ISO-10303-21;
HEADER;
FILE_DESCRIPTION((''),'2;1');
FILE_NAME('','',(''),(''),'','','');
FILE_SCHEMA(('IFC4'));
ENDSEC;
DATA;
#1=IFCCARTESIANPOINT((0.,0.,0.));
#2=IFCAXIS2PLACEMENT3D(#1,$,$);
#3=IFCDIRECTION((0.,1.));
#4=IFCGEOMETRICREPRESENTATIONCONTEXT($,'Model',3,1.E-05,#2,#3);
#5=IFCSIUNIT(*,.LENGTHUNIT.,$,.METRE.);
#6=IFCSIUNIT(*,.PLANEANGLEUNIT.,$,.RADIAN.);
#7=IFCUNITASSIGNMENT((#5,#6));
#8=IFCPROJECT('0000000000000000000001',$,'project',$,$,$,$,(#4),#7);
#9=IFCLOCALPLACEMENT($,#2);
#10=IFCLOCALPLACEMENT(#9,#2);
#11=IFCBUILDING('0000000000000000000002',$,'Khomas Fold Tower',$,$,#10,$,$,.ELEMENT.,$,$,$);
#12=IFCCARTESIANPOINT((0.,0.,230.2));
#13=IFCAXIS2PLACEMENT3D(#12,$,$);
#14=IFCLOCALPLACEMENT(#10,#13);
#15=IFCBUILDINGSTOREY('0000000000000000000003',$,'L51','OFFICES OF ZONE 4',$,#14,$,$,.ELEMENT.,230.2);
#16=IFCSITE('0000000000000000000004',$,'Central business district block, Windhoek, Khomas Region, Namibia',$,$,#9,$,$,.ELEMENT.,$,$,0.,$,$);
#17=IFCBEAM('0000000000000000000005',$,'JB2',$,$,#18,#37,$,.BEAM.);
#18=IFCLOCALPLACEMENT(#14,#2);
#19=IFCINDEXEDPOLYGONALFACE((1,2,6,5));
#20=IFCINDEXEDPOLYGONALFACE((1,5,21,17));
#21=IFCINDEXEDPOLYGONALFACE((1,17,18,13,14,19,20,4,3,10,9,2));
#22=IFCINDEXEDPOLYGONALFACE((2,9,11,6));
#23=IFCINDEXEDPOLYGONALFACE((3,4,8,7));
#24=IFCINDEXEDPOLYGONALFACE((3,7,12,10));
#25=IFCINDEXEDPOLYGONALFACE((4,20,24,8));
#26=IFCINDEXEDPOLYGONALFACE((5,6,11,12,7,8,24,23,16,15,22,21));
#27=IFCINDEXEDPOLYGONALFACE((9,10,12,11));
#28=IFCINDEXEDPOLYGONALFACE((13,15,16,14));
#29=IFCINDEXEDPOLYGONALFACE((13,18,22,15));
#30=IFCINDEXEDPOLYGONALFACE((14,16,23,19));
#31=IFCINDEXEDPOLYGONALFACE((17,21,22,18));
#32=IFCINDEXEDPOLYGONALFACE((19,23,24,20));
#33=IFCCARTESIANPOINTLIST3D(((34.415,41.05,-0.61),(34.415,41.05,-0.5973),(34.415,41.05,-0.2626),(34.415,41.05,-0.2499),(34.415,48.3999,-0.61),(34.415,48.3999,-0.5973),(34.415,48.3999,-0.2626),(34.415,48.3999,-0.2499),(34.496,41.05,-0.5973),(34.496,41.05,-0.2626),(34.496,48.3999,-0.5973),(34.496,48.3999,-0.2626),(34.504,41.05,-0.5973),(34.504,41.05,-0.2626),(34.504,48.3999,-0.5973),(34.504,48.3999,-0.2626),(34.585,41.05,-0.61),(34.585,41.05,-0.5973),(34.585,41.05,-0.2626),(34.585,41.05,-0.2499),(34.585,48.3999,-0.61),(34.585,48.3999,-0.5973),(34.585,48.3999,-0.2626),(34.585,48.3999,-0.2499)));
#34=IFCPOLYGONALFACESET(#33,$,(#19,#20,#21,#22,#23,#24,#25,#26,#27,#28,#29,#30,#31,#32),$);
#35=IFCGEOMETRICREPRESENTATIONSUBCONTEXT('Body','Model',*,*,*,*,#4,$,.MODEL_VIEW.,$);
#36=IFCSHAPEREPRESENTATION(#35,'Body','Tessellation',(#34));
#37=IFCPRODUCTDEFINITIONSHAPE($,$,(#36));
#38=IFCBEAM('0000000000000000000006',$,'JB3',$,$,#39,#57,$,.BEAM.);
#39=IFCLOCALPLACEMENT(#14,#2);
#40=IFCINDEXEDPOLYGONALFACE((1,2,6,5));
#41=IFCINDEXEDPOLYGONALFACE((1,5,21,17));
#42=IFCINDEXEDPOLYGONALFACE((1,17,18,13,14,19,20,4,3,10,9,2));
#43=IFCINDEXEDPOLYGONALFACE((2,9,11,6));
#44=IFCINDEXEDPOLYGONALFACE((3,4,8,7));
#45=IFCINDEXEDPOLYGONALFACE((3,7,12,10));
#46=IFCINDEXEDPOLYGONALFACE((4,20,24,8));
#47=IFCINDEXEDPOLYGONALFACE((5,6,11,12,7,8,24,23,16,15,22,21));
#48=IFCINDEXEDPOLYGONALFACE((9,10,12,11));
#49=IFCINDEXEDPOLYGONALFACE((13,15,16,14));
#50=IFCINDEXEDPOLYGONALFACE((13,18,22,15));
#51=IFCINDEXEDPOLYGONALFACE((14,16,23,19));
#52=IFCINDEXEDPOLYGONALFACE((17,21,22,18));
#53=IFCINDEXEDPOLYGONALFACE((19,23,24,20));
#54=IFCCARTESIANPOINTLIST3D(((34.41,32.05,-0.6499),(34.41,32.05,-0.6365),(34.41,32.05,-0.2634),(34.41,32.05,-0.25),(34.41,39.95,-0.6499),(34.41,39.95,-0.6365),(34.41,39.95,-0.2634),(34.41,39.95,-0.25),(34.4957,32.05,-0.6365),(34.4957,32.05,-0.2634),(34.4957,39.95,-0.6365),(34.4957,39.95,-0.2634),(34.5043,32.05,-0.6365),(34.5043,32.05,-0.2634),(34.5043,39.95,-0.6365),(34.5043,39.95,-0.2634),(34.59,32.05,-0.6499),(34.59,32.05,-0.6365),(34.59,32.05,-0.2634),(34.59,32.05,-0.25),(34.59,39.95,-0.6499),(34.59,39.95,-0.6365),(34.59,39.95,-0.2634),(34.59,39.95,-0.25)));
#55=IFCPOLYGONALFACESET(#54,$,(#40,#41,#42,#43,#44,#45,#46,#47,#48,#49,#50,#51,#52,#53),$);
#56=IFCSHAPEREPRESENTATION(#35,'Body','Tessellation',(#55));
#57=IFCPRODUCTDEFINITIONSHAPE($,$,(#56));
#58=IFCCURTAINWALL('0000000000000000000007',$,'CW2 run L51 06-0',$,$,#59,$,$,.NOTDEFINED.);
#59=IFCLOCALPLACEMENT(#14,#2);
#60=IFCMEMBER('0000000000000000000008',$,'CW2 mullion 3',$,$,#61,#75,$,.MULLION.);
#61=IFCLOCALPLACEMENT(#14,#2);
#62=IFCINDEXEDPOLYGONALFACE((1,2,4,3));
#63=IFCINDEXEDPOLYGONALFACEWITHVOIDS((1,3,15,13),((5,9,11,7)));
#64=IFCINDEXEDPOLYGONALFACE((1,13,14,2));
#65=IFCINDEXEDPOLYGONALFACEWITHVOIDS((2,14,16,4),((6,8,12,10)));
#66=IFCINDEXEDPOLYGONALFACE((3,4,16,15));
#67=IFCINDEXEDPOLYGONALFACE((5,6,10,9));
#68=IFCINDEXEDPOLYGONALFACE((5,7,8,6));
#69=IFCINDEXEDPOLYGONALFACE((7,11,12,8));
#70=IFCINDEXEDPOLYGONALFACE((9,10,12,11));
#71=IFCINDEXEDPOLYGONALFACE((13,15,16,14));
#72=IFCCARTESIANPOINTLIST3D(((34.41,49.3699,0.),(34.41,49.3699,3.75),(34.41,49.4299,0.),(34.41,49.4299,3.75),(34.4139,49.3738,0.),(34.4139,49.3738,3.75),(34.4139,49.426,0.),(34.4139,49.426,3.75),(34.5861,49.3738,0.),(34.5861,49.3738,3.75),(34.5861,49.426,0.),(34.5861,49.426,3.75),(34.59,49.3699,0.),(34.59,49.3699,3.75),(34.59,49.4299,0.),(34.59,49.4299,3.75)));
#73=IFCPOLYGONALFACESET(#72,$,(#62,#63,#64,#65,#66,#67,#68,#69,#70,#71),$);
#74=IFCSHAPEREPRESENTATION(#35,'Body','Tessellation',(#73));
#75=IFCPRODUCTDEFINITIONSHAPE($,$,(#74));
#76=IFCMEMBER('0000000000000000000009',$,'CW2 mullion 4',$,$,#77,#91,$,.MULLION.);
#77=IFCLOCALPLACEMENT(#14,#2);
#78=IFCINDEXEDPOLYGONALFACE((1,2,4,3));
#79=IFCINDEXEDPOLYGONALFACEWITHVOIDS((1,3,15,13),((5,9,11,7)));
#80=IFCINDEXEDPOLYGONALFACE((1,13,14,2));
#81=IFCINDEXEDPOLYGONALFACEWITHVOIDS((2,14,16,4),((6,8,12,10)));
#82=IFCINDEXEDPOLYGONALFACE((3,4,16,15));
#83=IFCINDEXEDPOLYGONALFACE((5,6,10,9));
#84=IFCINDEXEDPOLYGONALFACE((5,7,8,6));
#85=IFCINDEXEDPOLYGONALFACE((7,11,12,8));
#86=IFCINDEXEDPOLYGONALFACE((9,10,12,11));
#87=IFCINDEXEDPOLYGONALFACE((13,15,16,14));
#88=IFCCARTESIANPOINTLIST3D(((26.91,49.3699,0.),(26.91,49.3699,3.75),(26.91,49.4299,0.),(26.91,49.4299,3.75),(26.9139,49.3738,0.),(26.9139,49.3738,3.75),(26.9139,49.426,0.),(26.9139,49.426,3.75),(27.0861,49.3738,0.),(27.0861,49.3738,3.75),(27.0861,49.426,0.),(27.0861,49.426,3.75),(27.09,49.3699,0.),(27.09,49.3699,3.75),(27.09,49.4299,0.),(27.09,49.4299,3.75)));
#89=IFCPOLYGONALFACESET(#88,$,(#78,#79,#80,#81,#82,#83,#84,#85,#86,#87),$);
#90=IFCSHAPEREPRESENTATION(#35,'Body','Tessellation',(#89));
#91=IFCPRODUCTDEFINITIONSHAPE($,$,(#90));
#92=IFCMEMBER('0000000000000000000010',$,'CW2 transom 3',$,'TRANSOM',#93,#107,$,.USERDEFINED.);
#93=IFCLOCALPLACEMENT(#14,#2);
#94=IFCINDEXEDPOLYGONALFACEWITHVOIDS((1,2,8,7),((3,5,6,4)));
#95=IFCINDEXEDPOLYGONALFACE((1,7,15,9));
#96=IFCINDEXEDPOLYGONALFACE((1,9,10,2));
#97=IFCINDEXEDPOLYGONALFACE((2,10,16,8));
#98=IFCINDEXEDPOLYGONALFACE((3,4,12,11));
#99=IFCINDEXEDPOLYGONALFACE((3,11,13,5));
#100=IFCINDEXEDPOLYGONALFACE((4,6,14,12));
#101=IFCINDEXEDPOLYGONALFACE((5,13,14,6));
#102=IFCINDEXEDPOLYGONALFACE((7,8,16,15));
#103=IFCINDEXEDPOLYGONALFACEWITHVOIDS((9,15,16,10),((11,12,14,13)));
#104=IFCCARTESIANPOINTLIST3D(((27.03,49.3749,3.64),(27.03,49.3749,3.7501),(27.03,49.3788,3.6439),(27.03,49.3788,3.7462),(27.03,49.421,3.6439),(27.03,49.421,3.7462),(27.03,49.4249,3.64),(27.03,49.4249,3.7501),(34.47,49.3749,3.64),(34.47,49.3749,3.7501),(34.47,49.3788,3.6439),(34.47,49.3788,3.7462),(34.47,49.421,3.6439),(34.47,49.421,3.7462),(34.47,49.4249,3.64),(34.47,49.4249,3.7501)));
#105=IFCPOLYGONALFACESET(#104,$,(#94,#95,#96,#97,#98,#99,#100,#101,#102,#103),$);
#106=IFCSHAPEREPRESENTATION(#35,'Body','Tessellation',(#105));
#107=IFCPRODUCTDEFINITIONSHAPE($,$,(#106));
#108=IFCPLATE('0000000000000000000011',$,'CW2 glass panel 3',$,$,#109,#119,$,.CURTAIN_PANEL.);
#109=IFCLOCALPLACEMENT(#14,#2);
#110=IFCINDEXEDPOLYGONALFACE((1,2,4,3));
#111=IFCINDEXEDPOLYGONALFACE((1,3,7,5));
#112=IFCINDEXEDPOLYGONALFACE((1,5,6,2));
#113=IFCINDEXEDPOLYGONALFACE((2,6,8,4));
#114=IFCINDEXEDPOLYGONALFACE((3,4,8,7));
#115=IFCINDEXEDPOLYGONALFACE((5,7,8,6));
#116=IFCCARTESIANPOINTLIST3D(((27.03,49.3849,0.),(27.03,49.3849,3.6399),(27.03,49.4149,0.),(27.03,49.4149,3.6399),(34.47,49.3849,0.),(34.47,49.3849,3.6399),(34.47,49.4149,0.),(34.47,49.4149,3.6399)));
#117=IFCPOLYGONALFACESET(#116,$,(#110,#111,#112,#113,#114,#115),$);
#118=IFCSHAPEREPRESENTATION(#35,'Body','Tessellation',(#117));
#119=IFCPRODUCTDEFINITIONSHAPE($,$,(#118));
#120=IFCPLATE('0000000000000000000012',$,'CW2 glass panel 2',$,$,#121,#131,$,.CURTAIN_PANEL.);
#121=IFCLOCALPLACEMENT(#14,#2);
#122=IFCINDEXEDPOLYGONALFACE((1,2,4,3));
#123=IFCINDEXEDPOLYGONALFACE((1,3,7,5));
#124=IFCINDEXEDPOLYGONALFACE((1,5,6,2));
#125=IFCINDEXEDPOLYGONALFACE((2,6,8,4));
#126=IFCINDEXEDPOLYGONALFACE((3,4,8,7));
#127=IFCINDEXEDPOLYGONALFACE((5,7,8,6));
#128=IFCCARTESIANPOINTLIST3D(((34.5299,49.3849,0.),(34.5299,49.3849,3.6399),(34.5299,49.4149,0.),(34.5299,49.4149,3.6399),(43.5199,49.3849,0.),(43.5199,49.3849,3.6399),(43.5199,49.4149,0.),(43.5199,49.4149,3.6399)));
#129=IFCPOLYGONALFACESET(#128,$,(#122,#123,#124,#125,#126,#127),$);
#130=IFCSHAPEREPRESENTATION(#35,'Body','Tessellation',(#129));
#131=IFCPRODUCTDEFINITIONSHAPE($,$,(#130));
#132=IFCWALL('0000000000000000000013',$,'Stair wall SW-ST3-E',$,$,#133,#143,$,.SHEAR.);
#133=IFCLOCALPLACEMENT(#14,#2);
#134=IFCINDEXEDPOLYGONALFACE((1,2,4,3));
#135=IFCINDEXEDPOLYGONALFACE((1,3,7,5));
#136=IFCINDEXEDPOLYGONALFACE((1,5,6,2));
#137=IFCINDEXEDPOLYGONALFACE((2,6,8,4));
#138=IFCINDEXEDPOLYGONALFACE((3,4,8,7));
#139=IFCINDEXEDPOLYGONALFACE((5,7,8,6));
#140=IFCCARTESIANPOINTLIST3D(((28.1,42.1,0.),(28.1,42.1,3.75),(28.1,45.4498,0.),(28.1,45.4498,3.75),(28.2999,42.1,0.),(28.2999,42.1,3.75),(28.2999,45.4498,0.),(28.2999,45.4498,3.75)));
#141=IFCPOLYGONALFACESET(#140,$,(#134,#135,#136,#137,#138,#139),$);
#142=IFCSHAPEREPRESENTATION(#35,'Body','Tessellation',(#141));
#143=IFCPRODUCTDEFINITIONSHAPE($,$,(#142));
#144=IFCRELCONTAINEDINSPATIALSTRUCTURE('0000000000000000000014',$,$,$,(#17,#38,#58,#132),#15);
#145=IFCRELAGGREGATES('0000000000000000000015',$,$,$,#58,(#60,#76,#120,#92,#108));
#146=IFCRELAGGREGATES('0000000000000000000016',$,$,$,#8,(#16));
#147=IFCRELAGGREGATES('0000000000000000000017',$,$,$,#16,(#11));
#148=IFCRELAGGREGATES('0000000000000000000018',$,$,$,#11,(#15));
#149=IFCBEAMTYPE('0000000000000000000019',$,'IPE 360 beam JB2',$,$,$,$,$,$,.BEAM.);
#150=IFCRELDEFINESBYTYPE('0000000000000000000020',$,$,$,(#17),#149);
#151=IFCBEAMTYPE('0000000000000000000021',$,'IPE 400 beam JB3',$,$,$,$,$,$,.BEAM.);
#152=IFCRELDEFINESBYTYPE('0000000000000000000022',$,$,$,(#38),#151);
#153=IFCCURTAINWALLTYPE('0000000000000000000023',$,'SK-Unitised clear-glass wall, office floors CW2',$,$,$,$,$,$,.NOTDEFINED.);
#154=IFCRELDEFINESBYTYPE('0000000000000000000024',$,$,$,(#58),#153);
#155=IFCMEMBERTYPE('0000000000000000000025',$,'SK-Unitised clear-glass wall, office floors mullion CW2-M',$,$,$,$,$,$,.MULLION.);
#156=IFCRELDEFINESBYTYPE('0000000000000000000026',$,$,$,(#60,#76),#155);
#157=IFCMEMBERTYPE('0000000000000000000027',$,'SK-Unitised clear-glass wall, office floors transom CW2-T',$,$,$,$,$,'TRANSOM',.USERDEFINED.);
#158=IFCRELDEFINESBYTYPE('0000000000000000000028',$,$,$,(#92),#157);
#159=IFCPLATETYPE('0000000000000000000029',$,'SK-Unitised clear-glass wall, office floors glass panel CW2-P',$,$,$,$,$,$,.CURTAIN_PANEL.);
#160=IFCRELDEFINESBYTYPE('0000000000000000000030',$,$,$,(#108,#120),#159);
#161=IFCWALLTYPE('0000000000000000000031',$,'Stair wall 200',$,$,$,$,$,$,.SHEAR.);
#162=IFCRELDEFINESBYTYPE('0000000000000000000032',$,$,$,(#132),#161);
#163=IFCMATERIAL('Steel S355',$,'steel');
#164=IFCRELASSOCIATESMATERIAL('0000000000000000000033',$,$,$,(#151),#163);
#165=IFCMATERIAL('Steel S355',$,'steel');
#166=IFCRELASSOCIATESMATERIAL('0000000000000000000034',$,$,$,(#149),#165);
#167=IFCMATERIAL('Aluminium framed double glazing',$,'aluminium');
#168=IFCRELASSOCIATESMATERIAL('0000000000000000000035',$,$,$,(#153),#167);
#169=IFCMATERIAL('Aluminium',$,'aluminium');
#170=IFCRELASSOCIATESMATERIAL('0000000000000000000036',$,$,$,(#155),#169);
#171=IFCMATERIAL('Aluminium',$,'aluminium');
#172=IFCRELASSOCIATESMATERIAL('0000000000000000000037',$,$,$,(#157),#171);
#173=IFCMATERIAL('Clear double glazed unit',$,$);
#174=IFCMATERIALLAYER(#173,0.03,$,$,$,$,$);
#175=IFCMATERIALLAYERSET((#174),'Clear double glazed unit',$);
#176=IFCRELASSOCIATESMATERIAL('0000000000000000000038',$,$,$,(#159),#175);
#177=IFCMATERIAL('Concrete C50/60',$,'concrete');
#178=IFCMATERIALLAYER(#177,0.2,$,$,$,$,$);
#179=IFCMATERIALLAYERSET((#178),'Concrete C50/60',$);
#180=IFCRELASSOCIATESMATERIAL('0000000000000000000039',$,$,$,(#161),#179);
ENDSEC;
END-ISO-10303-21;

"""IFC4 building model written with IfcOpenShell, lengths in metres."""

from ifc_helpers import new_model, si_unit, direction, frame, frame_2d, origin, origin_2d, place, context, subcontext, project, spatial, rectangle, hollow_rectangle, i_section, extrude, source, transform, mapped, material, layer, layer_set, material_profile, profile_set, type_object, element, aggregate, save


model = new_model("IFC4")

# Units and contexts
model_context = context("Model", 3, precision=1e-05, world=origin(), true_north=direction((0.0, 1.0)))
body_context = subcontext(model_context, "Body", "Model", "MODEL_VIEW")
ifc_project = project(units=[si_unit("LENGTHUNIT", "METRE"), si_unit("PLANEANGLEUNIT", "RADIAN")], contexts=[model_context])

# Site, building, storey
site_placement = place(None, origin())
site = spatial("IfcSite", under=ifc_project, at=site_placement, Name="Central business district block, Windhoek, Khomas Region, Namibia", CompositionType="ELEMENT", RefElevation=0.0)
building_placement = place(site_placement, origin())
building = spatial("IfcBuilding", under=site, at=building_placement, Name="Khomas Fold Tower", CompositionType="ELEMENT")
storey_placement = place(building_placement, frame((0.0, 0.0, 230.2)))
storey = spatial("IfcBuildingStorey", under=building, at=storey_placement, Name="L51", Description="OFFICES OF ZONE 4", CompositionType="ELEMENT", Elevation=230.2)

# Beams
ifc_material_1 = material(Name="Steel S355", Category="steel")
ifc_material_profile_1 = material_profile(ifc_material_1, i_section(OverallWidth=0.1799, OverallDepth=0.3999, WebThickness=0.0085, FlangeThickness=0.0134, at=origin_2d()), Name="IPE 400")
ifc_profile_set_1 = profile_set([ifc_material_profile_1], Name="Steel S355")
beam_type_1 = type_object("IfcBeamType", Name="IPE 400 beam JB3", PredefinedType="BEAM", material=ifc_profile_set_1)
ifc_material_2 = material(Name="Steel S355", Category="steel")
ifc_material_profile_2 = material_profile(ifc_material_2, i_section(OverallWidth=0.1699, OverallDepth=0.3601, WebThickness=0.0081, FlangeThickness=0.0127, at=origin_2d()), Name="IPE 360")
ifc_profile_set_2 = profile_set([ifc_material_profile_2], Name="Steel S355")
beam_type_2 = type_object("IfcBeamType", Name="IPE 360 beam JB2", PredefinedType="BEAM", material=ifc_profile_set_2)
shared_shape_1 = source(origin(), body_context, "Body", "SweptSolid", [
    extrude(i_section(OverallWidth=0.1699, OverallDepth=0.3601, WebThickness=0.0081, FlangeThickness=0.0127, at=origin_2d()), origin(), (0.0, 0.0, 1.0), 7.3499),
])
beam_1_placement = place(storey_placement, frame((34.5, 41.05, -0.4299), z_axis=(0.0, 1.0, 0.0), x_axis=(-1.0, 0.0, 0.0)))
element("IfcBeam", 1, at=beam_1_placement, inside=storey, type_object=beam_type_2, Name="JB2", PredefinedType="BEAM", context=body_context, shape_type="MappedRepresentation", body=[
    mapped(shared_shape_1, transform((0.0, 0.0, 0.0))),
])
shared_shape_2 = source(origin(), body_context, "Body", "SweptSolid", [
    extrude(i_section(OverallWidth=0.1799, OverallDepth=0.3999, WebThickness=0.0085, FlangeThickness=0.0134, at=origin_2d()), origin(), (0.0, 0.0, 1.0), 7.8999),
])
beam_2_placement = place(storey_placement, frame((34.5, 32.05, -0.45), z_axis=(0.0, 1.0, 0.0), x_axis=(-1.0, 0.0, 0.0)))
element("IfcBeam", 2, at=beam_2_placement, inside=storey, type_object=beam_type_1, Name="JB3", PredefinedType="BEAM", context=body_context, shape_type="MappedRepresentation", body=[
    mapped(shared_shape_2, transform((0.0, 0.0, 0.0))),
])

# Curtain wall, members, plates
ifc_material_3 = material(Name="Aluminium framed double glazing", Category="aluminium")
curtain_wall_type = type_object("IfcCurtainWallType", Name="SK-Unitised clear-glass wall, office floors CW2", PredefinedType="NOTDEFINED", material=ifc_material_3)
curtain_wall_placement = place(storey_placement, origin())
curtain_wall = element("IfcCurtainWall", 3, at=curtain_wall_placement, inside=storey, type_object=curtain_wall_type, Name="CW2 run L51 06-0", PredefinedType="NOTDEFINED")
ifc_material_4 = material(Name="Aluminium", Category="aluminium")
ifc_material_profile_3 = material_profile(ifc_material_4, hollow_rectangle(XDim=0.0601, YDim=0.1799, WallThickness=0.0039, at=origin_2d()), Name="SK-Unitised clear-glass wall, office floors mullion CW2-M")
ifc_profile_set_3 = profile_set([ifc_material_profile_3], Name="Aluminium")
member_type_1 = type_object("IfcMemberType", Name="SK-Unitised clear-glass wall, office floors mullion CW2-M", PredefinedType="MULLION", material=ifc_profile_set_3)
shared_shape_3 = source(origin(), body_context, "Body", "SweptSolid", [
    extrude(hollow_rectangle(XDim=0.0601, YDim=0.1799, WallThickness=0.0039, at=origin_2d()), origin(), (0.0, 0.0, 1.0), 3.75),
])
member_1_placement = place(storey_placement, frame((34.5, 49.3999, 0.0), z_axis=(0.0, 0.0, 1.0), x_axis=(0.0, -1.0, 0.0)))
member_1 = element("IfcMember", 4, at=member_1_placement, type_object=member_type_1, Name="CW2 mullion 3", PredefinedType="MULLION", context=body_context, shape_type="MappedRepresentation", body=[
    mapped(shared_shape_3, transform((0.0, 0.0, 0.0))),
])
member_2_placement = place(storey_placement, frame((27.0, 49.3999, 0.0), z_axis=(0.0, 0.0, 1.0), x_axis=(0.0, -1.0, 0.0)))
member_2 = element("IfcMember", 5, at=member_2_placement, type_object=member_type_1, Name="CW2 mullion 4", PredefinedType="MULLION", context=body_context, shape_type="MappedRepresentation", body=[
    mapped(shared_shape_3, transform((0.0, 0.0, 0.0))),
])
ifc_material_5 = material(Name="Aluminium", Category="aluminium")
ifc_material_profile_4 = material_profile(ifc_material_5, hollow_rectangle(XDim=0.05, YDim=0.1101, WallThickness=0.0039, at=origin_2d()), Name="SK-Unitised clear-glass wall, office floors transom CW2-T")
ifc_profile_set_4 = profile_set([ifc_material_profile_4], Name="Aluminium")
member_type_2 = type_object("IfcMemberType", Name="SK-Unitised clear-glass wall, office floors transom CW2-T", ElementType="TRANSOM", PredefinedType="USERDEFINED", material=ifc_profile_set_4)
shared_shape_4 = source(origin(), body_context, "Body", "SweptSolid", [
    extrude(hollow_rectangle(XDim=0.05, YDim=0.1101, WallThickness=0.0039, at=origin_2d()), origin(), (0.0, 0.0, 1.0), 7.4399),
])
member_3_placement = place(storey_placement, frame((34.47, 49.3999, 3.6951), z_axis=(-1.0, 0.0, 0.0), x_axis=(0.0, -1.0, 0.0)))
member_3 = element("IfcMember", 6, at=member_3_placement, type_object=member_type_2, Name="CW2 transom 3", ObjectType="TRANSOM", PredefinedType="USERDEFINED", context=body_context, shape_type="MappedRepresentation", body=[
    mapped(shared_shape_4, transform((0.0, 0.0, 0.0))),
])
ifc_material_6 = material(Name="Clear double glazed unit")
ifc_layer_1 = layer(ifc_material_6, 0.03)
ifc_layer_set_1 = layer_set([ifc_layer_1], Name="Clear double glazed unit")
plate_type = type_object("IfcPlateType", Name="SK-Unitised clear-glass wall, office floors glass panel CW2-P", PredefinedType="CURTAIN_PANEL", material=ifc_layer_set_1)
shared_shape_5 = source(origin(), body_context, "Body", "SweptSolid", [
    extrude(rectangle(XDim=7.4399, YDim=0.03, at=origin_2d()), origin(), (0.0, 0.0, 1.0), 3.6399),
])
plate_1_placement = place(storey_placement, frame((30.75, 49.3999, 0.0), z_axis=(0.0, 0.0, 1.0), x_axis=(-1.0, 0.0, 0.0)))
plate_1 = element("IfcPlate", 7, at=plate_1_placement, type_object=plate_type, Name="CW2 glass panel 3", PredefinedType="CURTAIN_PANEL", context=body_context, shape_type="MappedRepresentation", body=[
    mapped(shared_shape_5, transform((0.0, 0.0, 0.0))),
])
shared_shape_6 = source(origin(), body_context, "Body", "SweptSolid", [
    extrude(rectangle(XDim=8.99, YDim=0.03, at=origin_2d()), origin(), (0.0, 0.0, 1.0), 3.6399),
])
plate_2_placement = place(storey_placement, frame((39.0249, 49.3999, 0.0), z_axis=(0.0, 0.0, 1.0), x_axis=(-1.0, 0.0, 0.0)))
plate_2 = element("IfcPlate", 8, at=plate_2_placement, type_object=plate_type, Name="CW2 glass panel 2", PredefinedType="CURTAIN_PANEL", context=body_context, shape_type="MappedRepresentation", body=[
    mapped(shared_shape_6, transform((0.0, 0.0, 0.0))),
])
aggregate(curtain_wall, [member_1, member_2, plate_2, member_3, plate_1])

# Wall
ifc_material_7 = material(Name="Concrete C50/60", Category="concrete")
ifc_layer_2 = layer(ifc_material_7, 0.2)
ifc_layer_set_2 = layer_set([ifc_layer_2], Name="Concrete C50/60")
wall_type_1 = type_object("IfcWallType", Name="Stair wall 200", PredefinedType="SHEAR", material=ifc_layer_set_2)
shared_shape_7 = source(origin(), body_context, "Body", "SweptSolid", [
    extrude(rectangle(XDim=3.3499, YDim=0.2, at=frame_2d((1.6748, 0.0))), origin(), (0.0, 0.0, 1.0), 3.75),
])
wall_1_placement = place(storey_placement, frame((28.2, 42.1001, 0.0), z_axis=(0.0, 0.0, 1.0), x_axis=(0.0, 1.0, 0.0)))
element("IfcWall", 9, at=wall_1_placement, inside=storey, type_object=wall_type_1, Name="Stair wall SW-ST3-E", PredefinedType="SHEAR", context=body_context, shape_type="MappedRepresentation", body=[
    mapped(shared_shape_7, transform((0.0, 0.0, 0.0))),
])

save(model, "model.ifc")
